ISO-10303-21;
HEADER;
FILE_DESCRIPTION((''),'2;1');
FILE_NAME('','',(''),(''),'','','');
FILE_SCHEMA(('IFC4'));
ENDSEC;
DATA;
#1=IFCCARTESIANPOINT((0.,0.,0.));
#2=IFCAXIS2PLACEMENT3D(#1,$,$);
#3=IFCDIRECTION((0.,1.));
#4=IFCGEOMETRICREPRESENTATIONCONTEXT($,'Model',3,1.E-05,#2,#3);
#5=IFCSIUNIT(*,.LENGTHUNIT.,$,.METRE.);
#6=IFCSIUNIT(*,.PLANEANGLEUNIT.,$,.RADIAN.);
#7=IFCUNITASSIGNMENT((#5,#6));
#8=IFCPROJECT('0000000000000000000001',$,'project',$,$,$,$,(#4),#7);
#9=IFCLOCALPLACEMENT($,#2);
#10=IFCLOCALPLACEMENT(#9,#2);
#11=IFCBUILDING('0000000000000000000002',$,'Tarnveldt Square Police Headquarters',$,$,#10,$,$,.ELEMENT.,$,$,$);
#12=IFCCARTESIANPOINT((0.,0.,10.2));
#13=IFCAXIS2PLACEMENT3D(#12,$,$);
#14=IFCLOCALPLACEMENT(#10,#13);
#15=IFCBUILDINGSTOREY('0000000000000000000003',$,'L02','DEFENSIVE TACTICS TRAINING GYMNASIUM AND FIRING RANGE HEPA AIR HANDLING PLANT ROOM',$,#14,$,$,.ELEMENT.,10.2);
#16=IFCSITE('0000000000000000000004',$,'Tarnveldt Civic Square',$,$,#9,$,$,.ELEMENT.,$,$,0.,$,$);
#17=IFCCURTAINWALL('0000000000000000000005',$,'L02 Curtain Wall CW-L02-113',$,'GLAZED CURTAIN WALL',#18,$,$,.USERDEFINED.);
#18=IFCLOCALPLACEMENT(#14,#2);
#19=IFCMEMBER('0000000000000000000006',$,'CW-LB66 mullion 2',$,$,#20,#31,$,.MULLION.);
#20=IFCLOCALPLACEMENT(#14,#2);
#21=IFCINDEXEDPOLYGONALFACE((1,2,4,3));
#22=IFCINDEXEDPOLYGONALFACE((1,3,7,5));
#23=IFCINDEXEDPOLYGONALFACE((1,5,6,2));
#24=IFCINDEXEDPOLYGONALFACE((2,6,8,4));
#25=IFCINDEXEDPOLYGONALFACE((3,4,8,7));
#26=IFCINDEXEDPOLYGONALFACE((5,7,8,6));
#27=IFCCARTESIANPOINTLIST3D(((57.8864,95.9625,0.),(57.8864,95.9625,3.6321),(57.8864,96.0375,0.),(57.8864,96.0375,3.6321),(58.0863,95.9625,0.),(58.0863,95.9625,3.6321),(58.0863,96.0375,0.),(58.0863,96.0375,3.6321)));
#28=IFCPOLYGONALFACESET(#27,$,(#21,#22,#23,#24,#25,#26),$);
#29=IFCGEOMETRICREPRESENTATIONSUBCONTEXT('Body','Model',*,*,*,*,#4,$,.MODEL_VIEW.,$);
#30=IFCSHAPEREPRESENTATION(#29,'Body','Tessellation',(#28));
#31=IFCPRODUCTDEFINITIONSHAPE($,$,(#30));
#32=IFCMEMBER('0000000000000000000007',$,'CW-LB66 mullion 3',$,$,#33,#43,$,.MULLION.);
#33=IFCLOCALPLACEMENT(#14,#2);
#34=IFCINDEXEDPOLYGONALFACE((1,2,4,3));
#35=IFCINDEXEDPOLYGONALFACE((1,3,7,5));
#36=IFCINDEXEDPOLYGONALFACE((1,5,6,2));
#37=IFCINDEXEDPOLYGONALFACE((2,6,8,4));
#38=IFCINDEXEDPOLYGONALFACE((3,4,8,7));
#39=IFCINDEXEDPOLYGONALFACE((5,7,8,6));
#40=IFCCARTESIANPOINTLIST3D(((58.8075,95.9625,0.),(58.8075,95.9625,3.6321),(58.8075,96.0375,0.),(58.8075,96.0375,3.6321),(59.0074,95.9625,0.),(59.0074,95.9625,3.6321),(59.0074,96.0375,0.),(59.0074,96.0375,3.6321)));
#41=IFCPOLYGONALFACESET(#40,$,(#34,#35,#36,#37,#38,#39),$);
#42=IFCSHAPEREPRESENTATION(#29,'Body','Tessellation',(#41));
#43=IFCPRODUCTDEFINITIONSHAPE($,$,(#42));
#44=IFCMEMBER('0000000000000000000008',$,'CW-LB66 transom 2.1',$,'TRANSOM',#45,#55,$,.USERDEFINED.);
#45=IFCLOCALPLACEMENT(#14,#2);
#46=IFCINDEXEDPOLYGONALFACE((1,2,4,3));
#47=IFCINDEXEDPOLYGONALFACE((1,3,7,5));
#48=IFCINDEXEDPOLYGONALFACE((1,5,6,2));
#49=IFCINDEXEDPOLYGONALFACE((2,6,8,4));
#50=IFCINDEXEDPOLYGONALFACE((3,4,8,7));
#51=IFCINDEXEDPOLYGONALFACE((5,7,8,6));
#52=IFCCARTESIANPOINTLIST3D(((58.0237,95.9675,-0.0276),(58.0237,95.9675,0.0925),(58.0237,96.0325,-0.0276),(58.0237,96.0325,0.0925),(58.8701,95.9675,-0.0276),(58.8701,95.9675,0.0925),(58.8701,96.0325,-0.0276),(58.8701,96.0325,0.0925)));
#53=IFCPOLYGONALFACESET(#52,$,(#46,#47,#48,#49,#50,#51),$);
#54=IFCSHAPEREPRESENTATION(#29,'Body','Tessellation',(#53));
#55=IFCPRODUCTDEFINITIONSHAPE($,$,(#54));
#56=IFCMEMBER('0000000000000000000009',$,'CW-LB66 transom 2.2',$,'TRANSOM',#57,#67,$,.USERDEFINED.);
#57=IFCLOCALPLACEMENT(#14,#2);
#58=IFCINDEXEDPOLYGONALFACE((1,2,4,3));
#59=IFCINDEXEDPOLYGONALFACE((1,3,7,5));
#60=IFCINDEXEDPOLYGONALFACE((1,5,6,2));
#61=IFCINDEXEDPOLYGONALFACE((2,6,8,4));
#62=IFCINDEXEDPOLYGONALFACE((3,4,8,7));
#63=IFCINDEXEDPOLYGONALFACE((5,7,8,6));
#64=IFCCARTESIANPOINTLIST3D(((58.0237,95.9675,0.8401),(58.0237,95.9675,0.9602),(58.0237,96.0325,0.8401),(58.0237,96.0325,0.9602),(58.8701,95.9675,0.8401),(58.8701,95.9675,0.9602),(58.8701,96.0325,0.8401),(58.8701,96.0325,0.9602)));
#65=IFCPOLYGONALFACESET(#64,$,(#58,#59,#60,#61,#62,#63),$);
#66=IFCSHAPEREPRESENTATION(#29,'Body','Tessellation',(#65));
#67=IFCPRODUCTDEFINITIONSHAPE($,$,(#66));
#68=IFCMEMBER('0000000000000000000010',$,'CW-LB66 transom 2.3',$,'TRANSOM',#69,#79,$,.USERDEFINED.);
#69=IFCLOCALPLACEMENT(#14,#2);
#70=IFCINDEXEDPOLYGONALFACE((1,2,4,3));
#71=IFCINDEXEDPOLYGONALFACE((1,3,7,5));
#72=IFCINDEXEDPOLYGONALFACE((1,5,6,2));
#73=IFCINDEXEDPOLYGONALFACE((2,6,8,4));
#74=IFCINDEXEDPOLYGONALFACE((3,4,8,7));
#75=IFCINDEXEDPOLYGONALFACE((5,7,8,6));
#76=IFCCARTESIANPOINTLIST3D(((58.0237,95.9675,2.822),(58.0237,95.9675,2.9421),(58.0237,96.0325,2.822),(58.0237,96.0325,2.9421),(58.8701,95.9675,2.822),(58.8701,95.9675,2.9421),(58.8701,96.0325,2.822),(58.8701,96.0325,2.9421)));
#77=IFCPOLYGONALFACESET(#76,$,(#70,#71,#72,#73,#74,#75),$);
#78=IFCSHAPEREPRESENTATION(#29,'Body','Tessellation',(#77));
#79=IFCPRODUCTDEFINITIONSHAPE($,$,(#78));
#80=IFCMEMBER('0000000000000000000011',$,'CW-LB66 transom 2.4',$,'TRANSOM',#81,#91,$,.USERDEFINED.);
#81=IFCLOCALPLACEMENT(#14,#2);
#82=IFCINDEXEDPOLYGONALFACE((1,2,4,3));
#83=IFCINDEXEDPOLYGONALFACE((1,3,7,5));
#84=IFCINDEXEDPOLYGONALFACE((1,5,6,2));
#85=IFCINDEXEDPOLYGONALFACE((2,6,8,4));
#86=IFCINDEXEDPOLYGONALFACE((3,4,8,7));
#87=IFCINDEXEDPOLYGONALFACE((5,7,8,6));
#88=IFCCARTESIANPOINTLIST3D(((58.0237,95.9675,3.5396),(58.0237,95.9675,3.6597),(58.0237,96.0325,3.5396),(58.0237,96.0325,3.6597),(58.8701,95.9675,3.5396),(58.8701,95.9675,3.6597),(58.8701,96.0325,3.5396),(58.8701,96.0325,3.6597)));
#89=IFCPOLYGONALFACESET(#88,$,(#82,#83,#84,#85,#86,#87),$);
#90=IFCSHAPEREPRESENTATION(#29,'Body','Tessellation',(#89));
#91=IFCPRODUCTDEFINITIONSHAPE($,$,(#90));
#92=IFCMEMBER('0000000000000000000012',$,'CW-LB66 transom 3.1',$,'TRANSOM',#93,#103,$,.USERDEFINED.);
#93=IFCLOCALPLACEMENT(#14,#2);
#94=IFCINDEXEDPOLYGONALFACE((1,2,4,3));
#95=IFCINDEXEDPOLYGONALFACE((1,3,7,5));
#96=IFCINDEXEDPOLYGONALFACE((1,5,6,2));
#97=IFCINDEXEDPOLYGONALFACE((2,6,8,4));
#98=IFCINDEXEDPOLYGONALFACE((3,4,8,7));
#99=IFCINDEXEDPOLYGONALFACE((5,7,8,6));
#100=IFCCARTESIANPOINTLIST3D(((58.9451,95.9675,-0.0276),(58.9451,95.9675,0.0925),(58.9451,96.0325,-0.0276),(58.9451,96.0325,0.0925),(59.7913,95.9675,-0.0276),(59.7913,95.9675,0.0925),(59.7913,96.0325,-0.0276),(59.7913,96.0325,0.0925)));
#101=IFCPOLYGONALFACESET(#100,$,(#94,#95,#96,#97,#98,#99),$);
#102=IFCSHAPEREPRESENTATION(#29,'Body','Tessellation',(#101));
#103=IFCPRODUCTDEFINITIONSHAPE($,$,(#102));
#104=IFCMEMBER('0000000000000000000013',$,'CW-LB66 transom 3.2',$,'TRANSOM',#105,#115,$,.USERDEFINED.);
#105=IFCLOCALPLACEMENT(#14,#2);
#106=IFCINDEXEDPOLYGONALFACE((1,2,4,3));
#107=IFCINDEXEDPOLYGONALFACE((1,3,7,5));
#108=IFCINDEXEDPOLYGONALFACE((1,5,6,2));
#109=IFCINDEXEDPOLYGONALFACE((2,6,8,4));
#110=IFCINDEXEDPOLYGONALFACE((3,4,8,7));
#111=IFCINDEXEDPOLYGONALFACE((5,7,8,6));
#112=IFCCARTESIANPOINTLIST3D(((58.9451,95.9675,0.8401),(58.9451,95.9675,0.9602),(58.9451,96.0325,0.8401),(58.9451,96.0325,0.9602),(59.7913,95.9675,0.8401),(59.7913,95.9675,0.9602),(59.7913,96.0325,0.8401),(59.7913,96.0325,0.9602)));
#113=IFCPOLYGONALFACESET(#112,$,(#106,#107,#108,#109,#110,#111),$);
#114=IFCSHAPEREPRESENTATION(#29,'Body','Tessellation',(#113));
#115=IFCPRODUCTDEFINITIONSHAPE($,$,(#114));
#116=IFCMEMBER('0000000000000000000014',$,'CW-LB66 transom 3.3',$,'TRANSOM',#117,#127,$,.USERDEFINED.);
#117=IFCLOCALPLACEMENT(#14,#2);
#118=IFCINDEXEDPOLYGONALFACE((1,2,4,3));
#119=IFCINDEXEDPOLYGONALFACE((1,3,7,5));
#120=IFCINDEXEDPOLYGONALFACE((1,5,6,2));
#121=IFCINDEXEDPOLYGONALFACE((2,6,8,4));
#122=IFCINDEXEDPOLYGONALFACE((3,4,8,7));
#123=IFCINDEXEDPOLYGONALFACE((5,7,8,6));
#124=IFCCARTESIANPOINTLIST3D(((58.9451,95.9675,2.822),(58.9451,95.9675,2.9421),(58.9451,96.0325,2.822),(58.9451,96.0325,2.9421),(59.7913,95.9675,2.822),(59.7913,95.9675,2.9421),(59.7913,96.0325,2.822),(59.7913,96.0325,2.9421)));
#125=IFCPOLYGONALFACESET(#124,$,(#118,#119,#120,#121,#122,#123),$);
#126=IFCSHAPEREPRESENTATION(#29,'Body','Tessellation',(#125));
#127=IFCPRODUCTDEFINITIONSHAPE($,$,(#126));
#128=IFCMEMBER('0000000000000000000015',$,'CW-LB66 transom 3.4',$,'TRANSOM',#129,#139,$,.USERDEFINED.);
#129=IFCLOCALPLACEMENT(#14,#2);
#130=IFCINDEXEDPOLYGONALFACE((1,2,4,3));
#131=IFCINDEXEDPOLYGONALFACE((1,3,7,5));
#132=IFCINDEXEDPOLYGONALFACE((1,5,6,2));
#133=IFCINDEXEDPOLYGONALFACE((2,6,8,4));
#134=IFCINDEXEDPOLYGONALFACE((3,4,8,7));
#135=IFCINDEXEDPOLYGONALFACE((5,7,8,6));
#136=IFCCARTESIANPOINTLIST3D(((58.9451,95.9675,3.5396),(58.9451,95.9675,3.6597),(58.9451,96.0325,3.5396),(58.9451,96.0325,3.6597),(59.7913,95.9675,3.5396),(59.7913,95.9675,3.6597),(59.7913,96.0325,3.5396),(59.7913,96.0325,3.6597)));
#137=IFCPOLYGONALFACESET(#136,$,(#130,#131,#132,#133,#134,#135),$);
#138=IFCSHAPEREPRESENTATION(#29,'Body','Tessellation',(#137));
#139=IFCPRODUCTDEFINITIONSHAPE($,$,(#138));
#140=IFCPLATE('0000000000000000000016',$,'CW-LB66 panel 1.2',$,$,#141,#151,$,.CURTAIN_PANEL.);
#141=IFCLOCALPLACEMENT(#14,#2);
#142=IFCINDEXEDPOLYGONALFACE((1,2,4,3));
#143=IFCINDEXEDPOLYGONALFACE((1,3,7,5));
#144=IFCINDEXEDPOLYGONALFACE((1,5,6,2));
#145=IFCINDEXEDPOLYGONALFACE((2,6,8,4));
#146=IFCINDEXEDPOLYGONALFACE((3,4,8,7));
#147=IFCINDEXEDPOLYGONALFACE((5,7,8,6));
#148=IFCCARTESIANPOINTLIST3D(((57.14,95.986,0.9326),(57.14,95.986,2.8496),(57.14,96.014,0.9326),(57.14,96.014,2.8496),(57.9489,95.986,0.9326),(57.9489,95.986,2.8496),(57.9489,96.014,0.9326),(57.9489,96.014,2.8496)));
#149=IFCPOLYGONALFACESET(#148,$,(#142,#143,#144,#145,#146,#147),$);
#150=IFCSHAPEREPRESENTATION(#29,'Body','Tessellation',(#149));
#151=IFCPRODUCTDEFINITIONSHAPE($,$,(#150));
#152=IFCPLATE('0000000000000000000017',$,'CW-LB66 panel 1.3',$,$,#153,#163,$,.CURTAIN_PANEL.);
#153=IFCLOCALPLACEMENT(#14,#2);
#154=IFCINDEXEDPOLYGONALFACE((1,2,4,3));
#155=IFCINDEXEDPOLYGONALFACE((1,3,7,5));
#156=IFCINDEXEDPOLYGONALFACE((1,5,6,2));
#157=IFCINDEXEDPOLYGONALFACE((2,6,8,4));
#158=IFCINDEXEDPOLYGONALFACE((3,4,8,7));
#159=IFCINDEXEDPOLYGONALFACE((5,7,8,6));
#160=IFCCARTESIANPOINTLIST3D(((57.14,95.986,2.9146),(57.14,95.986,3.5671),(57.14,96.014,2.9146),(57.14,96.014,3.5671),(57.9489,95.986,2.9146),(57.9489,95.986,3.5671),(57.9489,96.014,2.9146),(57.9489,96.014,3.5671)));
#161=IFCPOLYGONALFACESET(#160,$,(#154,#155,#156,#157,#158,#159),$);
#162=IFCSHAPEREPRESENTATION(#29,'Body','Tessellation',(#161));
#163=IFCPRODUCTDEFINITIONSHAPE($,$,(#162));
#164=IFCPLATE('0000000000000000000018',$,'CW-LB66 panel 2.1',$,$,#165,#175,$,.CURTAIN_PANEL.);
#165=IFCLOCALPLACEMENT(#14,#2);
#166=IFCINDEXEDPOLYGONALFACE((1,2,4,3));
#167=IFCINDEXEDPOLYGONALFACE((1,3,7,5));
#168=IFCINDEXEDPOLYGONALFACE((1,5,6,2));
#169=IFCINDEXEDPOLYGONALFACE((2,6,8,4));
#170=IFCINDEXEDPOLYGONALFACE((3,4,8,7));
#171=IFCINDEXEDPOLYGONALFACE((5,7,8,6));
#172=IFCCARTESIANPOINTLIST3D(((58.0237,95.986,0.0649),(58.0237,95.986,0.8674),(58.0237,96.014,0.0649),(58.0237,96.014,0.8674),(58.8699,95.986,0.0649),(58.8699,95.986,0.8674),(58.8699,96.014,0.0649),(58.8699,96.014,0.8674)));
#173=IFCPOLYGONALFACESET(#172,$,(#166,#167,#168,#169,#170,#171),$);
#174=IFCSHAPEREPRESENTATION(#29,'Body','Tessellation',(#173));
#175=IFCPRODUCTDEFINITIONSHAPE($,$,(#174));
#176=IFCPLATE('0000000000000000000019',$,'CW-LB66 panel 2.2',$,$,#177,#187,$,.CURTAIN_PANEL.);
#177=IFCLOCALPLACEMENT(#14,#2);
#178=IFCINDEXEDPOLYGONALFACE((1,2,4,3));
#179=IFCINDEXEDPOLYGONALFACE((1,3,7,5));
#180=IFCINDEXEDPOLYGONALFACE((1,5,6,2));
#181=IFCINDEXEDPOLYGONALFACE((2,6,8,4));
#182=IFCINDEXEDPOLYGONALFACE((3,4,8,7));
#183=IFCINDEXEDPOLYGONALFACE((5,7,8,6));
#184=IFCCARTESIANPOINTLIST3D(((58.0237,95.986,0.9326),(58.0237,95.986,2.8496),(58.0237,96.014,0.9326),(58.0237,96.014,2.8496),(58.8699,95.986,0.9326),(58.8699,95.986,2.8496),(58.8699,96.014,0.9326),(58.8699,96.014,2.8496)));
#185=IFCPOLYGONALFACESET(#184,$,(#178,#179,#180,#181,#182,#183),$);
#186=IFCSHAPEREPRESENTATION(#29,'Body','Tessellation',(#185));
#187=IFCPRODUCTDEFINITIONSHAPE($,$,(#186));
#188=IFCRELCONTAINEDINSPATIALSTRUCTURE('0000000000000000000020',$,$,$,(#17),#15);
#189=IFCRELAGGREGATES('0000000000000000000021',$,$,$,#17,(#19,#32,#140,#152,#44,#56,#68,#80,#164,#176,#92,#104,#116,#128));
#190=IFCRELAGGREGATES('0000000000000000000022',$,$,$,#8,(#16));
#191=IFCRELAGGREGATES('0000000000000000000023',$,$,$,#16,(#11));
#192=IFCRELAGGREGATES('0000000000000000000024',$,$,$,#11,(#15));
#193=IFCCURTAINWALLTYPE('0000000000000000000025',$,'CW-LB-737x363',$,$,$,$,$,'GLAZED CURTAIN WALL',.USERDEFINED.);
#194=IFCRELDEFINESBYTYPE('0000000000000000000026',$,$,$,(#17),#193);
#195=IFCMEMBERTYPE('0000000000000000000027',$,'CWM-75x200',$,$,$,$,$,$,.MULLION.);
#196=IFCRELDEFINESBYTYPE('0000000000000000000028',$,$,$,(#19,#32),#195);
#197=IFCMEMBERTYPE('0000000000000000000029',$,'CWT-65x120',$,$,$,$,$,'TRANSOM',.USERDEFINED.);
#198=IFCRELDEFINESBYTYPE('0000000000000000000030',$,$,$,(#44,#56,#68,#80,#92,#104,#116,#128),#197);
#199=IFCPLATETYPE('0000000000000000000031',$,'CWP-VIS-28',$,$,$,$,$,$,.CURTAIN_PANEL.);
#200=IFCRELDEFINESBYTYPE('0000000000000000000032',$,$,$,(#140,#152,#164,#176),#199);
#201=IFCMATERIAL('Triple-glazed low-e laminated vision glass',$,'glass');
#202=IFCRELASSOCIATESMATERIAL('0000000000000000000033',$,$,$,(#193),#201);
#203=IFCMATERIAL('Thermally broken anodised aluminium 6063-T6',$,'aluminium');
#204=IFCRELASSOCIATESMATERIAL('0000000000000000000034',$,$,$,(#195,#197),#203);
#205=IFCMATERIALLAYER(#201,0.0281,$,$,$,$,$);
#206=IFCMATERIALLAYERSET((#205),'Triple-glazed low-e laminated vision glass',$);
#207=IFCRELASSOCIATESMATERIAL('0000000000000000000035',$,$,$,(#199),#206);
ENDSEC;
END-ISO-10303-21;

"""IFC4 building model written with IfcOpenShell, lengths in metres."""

from ifc_helpers import new_model, si_unit, direction, frame, origin, origin_2d, place, context, subcontext, project, spatial, rectangle, extrude, material, layer, layer_set, material_profile, profile_set, type_object, element, aggregate, save


model = new_model("IFC4")

# Units and contexts
model_context = context("Model", 3, precision=1e-05, world=origin(), true_north=direction((0.0, 1.0)))
body_context = subcontext(model_context, "Body", "Model", "MODEL_VIEW")
ifc_project = project(units=[si_unit("LENGTHUNIT", "METRE"), si_unit("PLANEANGLEUNIT", "RADIAN")], contexts=[model_context])

# Site, building, storey
site_placement = place(None, origin())
site = spatial("IfcSite", under=ifc_project, at=site_placement, Name="Tarnveldt Civic Square", CompositionType="ELEMENT", RefElevation=0.0)
building_placement = place(site_placement, origin())
building = spatial("IfcBuilding", under=site, at=building_placement, Name="Tarnveldt Square Police Headquarters", CompositionType="ELEMENT")
storey_placement = place(building_placement, frame((0.0, 0.0, 10.2)))
storey = spatial("IfcBuildingStorey", under=building, at=storey_placement, Name="L02", Description="DEFENSIVE TACTICS TRAINING GYMNASIUM AND FIRING RANGE HEPA AIR HANDLING PLANT ROOM", CompositionType="ELEMENT", Elevation=10.2)

# Curtain wall, members, plates
ifc_material_1 = material(Name="Triple-glazed low-e laminated vision glass", Category="glass")
curtain_wall_type = type_object("IfcCurtainWallType", Name="CW-LB-737x363", ElementType="GLAZED CURTAIN WALL", PredefinedType="USERDEFINED", material=ifc_material_1)
curtain_wall_placement = place(storey_placement, origin())
curtain_wall = element("IfcCurtainWall", 1, at=curtain_wall_placement, inside=storey, type_object=curtain_wall_type, Name="L02 Curtain Wall CW-L02-113", ObjectType="GLAZED CURTAIN WALL", PredefinedType="USERDEFINED")
ifc_material_2 = material(Name="Thermally broken anodised aluminium 6063-T6", Category="aluminium")
ifc_material_profile_1 = material_profile(ifc_material_2, rectangle(XDim=0.075, YDim=0.2, at=origin_2d()), Name="CW-M75x200")
ifc_profile_set_1 = profile_set([ifc_material_profile_1], Name="Thermally broken anodised aluminium 6063-T6")
member_type_1 = type_object("IfcMemberType", Name="CWM-75x200", PredefinedType="MULLION", material=ifc_profile_set_1)
member_1_placement = place(storey_placement, frame((57.9863, 96.0, 0.0), z_axis=(0.0, 0.0, 1.0), x_axis=(0.0, 1.0, 0.0)))
member_1 = element("IfcMember", 2, at=member_1_placement, type_object=member_type_1, Name="CW-LB66 mullion 2", PredefinedType="MULLION", context=body_context, shape_type="SweptSolid", body=[
    extrude(rectangle(XDim=0.075, YDim=0.2, at=origin_2d()), origin(), (0.0, 0.0, 1.0), 3.6321),
])
member_2_placement = place(storey_placement, frame((58.9075, 96.0, 0.0), z_axis=(0.0, 0.0, 1.0), x_axis=(0.0, 1.0, 0.0)))
member_2 = element("IfcMember", 3, at=member_2_placement, type_object=member_type_1, Name="CW-LB66 mullion 3", PredefinedType="MULLION", context=body_context, shape_type="SweptSolid", body=[
    extrude(rectangle(XDim=0.075, YDim=0.2, at=origin_2d()), origin(), (0.0, 0.0, 1.0), 3.6321),
])
ifc_material_profile_2 = material_profile(ifc_material_2, rectangle(XDim=0.0649, YDim=0.1201, at=origin_2d()), Name="CW-T65x120")
ifc_profile_set_2 = profile_set([ifc_material_profile_2], Name="Thermally broken anodised aluminium 6063-T6")
member_type_2 = type_object("IfcMemberType", Name="CWT-65x120", ElementType="TRANSOM", PredefinedType="USERDEFINED", material=ifc_profile_set_2)
member_3_placement = place(storey_placement, frame((58.0237, 96.0, 0.0325), z_axis=(1.0, 0.0, 0.0), x_axis=(0.0, 1.0, 0.0)))
member_3 = element("IfcMember", 4, at=member_3_placement, type_object=member_type_2, Name="CW-LB66 transom 2.1", ObjectType="TRANSOM", PredefinedType="USERDEFINED", context=body_context, shape_type="SweptSolid", body=[
    extrude(rectangle(XDim=0.0649, YDim=0.1201, at=origin_2d()), origin(), (0.0, 0.0, 1.0), 0.8464),
])
member_4_placement = place(storey_placement, frame((58.0237, 96.0, 0.9001), z_axis=(1.0, 0.0, 0.0), x_axis=(0.0, 1.0, 0.0)))
member_4 = element("IfcMember", 5, at=member_4_placement, type_object=member_type_2, Name="CW-LB66 transom 2.2", ObjectType="TRANSOM", PredefinedType="USERDEFINED", context=body_context, shape_type="SweptSolid", body=[
    extrude(rectangle(XDim=0.0649, YDim=0.1201, at=origin_2d()), origin(), (0.0, 0.0, 1.0), 0.8464),
])
member_5_placement = place(storey_placement, frame((58.0237, 96.0, 2.8821), z_axis=(1.0, 0.0, 0.0), x_axis=(0.0, 1.0, 0.0)))
member_5 = element("IfcMember", 6, at=member_5_placement, type_object=member_type_2, Name="CW-LB66 transom 2.3", ObjectType="TRANSOM", PredefinedType="USERDEFINED", context=body_context, shape_type="SweptSolid", body=[
    extrude(rectangle(XDim=0.0649, YDim=0.1201, at=origin_2d()), origin(), (0.0, 0.0, 1.0), 0.8464),
])
member_6_placement = place(storey_placement, frame((58.0237, 96.0, 3.5996), z_axis=(1.0, 0.0, 0.0), x_axis=(0.0, 1.0, 0.0)))
member_6 = element("IfcMember", 7, at=member_6_placement, type_object=member_type_2, Name="CW-LB66 transom 2.4", ObjectType="TRANSOM", PredefinedType="USERDEFINED", context=body_context, shape_type="SweptSolid", body=[
    extrude(rectangle(XDim=0.0649, YDim=0.1201, at=origin_2d()), origin(), (0.0, 0.0, 1.0), 0.8464),
])
member_7_placement = place(storey_placement, frame((58.9451, 96.0, 0.0325), z_axis=(1.0, 0.0, 0.0), x_axis=(0.0, 1.0, 0.0)))
member_7 = element("IfcMember", 8, at=member_7_placement, type_object=member_type_2, Name="CW-LB66 transom 3.1", ObjectType="TRANSOM", PredefinedType="USERDEFINED", context=body_context, shape_type="SweptSolid", body=[
    extrude(rectangle(XDim=0.0649, YDim=0.1201, at=origin_2d()), origin(), (0.0, 0.0, 1.0), 0.8462),
])
member_8_placement = place(storey_placement, frame((58.9451, 96.0, 0.9001), z_axis=(1.0, 0.0, 0.0), x_axis=(0.0, 1.0, 0.0)))
member_8 = element("IfcMember", 9, at=member_8_placement, type_object=member_type_2, Name="CW-LB66 transom 3.2", ObjectType="TRANSOM", PredefinedType="USERDEFINED", context=body_context, shape_type="SweptSolid", body=[
    extrude(rectangle(XDim=0.0649, YDim=0.1201, at=origin_2d()), origin(), (0.0, 0.0, 1.0), 0.8462),
])
member_9_placement = place(storey_placement, frame((58.9451, 96.0, 2.8821), z_axis=(1.0, 0.0, 0.0), x_axis=(0.0, 1.0, 0.0)))
member_9 = element("IfcMember", 10, at=member_9_placement, type_object=member_type_2, Name="CW-LB66 transom 3.3", ObjectType="TRANSOM", PredefinedType="USERDEFINED", context=body_context, shape_type="SweptSolid", body=[
    extrude(rectangle(XDim=0.0649, YDim=0.1201, at=origin_2d()), origin(), (0.0, 0.0, 1.0), 0.8462),
])
member_10_placement = place(storey_placement, frame((58.9451, 96.0, 3.5996), z_axis=(1.0, 0.0, 0.0), x_axis=(0.0, 1.0, 0.0)))
member_10 = element("IfcMember", 11, at=member_10_placement, type_object=member_type_2, Name="CW-LB66 transom 3.4", ObjectType="TRANSOM", PredefinedType="USERDEFINED", context=body_context, shape_type="SweptSolid", body=[
    extrude(rectangle(XDim=0.0649, YDim=0.1201, at=origin_2d()), origin(), (0.0, 0.0, 1.0), 0.8462),
])
ifc_layer_1 = layer(ifc_material_1, 0.0281)
ifc_layer_set_1 = layer_set([ifc_layer_1], Name="Triple-glazed low-e laminated vision glass")
plate_type = type_object("IfcPlateType", Name="CWP-VIS-28", PredefinedType="CURTAIN_PANEL", material=ifc_layer_set_1)
plate_1_placement = place(storey_placement, frame((57.5444, 96.0, 0.9326), z_axis=(0.0, 0.0, 1.0), x_axis=(1.0, 0.0, 0.0)))
plate_1 = element("IfcPlate", 12, at=plate_1_placement, type_object=plate_type, Name="CW-LB66 panel 1.2", PredefinedType="CURTAIN_PANEL", context=body_context, shape_type="SweptSolid", body=[
    extrude(rectangle(XDim=0.8088, YDim=0.0281, at=origin_2d()), origin(), (0.0, 0.0, 1.0), 1.917),
])
plate_2_placement = place(storey_placement, frame((57.5444, 96.0, 2.9146), z_axis=(0.0, 0.0, 1.0), x_axis=(1.0, 0.0, 0.0)))
plate_2 = element("IfcPlate", 13, at=plate_2_placement, type_object=plate_type, Name="CW-LB66 panel 1.3", PredefinedType="CURTAIN_PANEL", context=body_context, shape_type="SweptSolid", body=[
    extrude(rectangle(XDim=0.8088, YDim=0.0281, at=origin_2d()), origin(), (0.0, 0.0, 1.0), 0.6526),
])
plate_3_placement = place(storey_placement, frame((58.4468, 96.0, 0.0649), z_axis=(0.0, 0.0, 1.0), x_axis=(1.0, 0.0, 0.0)))
plate_3 = element("IfcPlate", 14, at=plate_3_placement, type_object=plate_type, Name="CW-LB66 panel 2.1", PredefinedType="CURTAIN_PANEL", context=body_context, shape_type="SweptSolid", body=[
    extrude(rectangle(XDim=0.8462, YDim=0.0281, at=origin_2d()), origin(), (0.0, 0.0, 1.0), 0.8025),
])
plate_4_placement = place(storey_placement, frame((58.4468, 96.0, 0.9326), z_axis=(0.0, 0.0, 1.0), x_axis=(1.0, 0.0, 0.0)))
plate_4 = element("IfcPlate", 15, at=plate_4_placement, type_object=plate_type, Name="CW-LB66 panel 2.2", PredefinedType="CURTAIN_PANEL", context=body_context, shape_type="SweptSolid", body=[
    extrude(rectangle(XDim=0.8462, YDim=0.0281, at=origin_2d()), origin(), (0.0, 0.0, 1.0), 1.917),
])
aggregate(curtain_wall, [member_1, member_2, plate_1, plate_2, member_3, member_4, member_5, member_6, plate_3, plate_4, member_7, member_8, member_9, member_10])

save(model, "model.ifc")
